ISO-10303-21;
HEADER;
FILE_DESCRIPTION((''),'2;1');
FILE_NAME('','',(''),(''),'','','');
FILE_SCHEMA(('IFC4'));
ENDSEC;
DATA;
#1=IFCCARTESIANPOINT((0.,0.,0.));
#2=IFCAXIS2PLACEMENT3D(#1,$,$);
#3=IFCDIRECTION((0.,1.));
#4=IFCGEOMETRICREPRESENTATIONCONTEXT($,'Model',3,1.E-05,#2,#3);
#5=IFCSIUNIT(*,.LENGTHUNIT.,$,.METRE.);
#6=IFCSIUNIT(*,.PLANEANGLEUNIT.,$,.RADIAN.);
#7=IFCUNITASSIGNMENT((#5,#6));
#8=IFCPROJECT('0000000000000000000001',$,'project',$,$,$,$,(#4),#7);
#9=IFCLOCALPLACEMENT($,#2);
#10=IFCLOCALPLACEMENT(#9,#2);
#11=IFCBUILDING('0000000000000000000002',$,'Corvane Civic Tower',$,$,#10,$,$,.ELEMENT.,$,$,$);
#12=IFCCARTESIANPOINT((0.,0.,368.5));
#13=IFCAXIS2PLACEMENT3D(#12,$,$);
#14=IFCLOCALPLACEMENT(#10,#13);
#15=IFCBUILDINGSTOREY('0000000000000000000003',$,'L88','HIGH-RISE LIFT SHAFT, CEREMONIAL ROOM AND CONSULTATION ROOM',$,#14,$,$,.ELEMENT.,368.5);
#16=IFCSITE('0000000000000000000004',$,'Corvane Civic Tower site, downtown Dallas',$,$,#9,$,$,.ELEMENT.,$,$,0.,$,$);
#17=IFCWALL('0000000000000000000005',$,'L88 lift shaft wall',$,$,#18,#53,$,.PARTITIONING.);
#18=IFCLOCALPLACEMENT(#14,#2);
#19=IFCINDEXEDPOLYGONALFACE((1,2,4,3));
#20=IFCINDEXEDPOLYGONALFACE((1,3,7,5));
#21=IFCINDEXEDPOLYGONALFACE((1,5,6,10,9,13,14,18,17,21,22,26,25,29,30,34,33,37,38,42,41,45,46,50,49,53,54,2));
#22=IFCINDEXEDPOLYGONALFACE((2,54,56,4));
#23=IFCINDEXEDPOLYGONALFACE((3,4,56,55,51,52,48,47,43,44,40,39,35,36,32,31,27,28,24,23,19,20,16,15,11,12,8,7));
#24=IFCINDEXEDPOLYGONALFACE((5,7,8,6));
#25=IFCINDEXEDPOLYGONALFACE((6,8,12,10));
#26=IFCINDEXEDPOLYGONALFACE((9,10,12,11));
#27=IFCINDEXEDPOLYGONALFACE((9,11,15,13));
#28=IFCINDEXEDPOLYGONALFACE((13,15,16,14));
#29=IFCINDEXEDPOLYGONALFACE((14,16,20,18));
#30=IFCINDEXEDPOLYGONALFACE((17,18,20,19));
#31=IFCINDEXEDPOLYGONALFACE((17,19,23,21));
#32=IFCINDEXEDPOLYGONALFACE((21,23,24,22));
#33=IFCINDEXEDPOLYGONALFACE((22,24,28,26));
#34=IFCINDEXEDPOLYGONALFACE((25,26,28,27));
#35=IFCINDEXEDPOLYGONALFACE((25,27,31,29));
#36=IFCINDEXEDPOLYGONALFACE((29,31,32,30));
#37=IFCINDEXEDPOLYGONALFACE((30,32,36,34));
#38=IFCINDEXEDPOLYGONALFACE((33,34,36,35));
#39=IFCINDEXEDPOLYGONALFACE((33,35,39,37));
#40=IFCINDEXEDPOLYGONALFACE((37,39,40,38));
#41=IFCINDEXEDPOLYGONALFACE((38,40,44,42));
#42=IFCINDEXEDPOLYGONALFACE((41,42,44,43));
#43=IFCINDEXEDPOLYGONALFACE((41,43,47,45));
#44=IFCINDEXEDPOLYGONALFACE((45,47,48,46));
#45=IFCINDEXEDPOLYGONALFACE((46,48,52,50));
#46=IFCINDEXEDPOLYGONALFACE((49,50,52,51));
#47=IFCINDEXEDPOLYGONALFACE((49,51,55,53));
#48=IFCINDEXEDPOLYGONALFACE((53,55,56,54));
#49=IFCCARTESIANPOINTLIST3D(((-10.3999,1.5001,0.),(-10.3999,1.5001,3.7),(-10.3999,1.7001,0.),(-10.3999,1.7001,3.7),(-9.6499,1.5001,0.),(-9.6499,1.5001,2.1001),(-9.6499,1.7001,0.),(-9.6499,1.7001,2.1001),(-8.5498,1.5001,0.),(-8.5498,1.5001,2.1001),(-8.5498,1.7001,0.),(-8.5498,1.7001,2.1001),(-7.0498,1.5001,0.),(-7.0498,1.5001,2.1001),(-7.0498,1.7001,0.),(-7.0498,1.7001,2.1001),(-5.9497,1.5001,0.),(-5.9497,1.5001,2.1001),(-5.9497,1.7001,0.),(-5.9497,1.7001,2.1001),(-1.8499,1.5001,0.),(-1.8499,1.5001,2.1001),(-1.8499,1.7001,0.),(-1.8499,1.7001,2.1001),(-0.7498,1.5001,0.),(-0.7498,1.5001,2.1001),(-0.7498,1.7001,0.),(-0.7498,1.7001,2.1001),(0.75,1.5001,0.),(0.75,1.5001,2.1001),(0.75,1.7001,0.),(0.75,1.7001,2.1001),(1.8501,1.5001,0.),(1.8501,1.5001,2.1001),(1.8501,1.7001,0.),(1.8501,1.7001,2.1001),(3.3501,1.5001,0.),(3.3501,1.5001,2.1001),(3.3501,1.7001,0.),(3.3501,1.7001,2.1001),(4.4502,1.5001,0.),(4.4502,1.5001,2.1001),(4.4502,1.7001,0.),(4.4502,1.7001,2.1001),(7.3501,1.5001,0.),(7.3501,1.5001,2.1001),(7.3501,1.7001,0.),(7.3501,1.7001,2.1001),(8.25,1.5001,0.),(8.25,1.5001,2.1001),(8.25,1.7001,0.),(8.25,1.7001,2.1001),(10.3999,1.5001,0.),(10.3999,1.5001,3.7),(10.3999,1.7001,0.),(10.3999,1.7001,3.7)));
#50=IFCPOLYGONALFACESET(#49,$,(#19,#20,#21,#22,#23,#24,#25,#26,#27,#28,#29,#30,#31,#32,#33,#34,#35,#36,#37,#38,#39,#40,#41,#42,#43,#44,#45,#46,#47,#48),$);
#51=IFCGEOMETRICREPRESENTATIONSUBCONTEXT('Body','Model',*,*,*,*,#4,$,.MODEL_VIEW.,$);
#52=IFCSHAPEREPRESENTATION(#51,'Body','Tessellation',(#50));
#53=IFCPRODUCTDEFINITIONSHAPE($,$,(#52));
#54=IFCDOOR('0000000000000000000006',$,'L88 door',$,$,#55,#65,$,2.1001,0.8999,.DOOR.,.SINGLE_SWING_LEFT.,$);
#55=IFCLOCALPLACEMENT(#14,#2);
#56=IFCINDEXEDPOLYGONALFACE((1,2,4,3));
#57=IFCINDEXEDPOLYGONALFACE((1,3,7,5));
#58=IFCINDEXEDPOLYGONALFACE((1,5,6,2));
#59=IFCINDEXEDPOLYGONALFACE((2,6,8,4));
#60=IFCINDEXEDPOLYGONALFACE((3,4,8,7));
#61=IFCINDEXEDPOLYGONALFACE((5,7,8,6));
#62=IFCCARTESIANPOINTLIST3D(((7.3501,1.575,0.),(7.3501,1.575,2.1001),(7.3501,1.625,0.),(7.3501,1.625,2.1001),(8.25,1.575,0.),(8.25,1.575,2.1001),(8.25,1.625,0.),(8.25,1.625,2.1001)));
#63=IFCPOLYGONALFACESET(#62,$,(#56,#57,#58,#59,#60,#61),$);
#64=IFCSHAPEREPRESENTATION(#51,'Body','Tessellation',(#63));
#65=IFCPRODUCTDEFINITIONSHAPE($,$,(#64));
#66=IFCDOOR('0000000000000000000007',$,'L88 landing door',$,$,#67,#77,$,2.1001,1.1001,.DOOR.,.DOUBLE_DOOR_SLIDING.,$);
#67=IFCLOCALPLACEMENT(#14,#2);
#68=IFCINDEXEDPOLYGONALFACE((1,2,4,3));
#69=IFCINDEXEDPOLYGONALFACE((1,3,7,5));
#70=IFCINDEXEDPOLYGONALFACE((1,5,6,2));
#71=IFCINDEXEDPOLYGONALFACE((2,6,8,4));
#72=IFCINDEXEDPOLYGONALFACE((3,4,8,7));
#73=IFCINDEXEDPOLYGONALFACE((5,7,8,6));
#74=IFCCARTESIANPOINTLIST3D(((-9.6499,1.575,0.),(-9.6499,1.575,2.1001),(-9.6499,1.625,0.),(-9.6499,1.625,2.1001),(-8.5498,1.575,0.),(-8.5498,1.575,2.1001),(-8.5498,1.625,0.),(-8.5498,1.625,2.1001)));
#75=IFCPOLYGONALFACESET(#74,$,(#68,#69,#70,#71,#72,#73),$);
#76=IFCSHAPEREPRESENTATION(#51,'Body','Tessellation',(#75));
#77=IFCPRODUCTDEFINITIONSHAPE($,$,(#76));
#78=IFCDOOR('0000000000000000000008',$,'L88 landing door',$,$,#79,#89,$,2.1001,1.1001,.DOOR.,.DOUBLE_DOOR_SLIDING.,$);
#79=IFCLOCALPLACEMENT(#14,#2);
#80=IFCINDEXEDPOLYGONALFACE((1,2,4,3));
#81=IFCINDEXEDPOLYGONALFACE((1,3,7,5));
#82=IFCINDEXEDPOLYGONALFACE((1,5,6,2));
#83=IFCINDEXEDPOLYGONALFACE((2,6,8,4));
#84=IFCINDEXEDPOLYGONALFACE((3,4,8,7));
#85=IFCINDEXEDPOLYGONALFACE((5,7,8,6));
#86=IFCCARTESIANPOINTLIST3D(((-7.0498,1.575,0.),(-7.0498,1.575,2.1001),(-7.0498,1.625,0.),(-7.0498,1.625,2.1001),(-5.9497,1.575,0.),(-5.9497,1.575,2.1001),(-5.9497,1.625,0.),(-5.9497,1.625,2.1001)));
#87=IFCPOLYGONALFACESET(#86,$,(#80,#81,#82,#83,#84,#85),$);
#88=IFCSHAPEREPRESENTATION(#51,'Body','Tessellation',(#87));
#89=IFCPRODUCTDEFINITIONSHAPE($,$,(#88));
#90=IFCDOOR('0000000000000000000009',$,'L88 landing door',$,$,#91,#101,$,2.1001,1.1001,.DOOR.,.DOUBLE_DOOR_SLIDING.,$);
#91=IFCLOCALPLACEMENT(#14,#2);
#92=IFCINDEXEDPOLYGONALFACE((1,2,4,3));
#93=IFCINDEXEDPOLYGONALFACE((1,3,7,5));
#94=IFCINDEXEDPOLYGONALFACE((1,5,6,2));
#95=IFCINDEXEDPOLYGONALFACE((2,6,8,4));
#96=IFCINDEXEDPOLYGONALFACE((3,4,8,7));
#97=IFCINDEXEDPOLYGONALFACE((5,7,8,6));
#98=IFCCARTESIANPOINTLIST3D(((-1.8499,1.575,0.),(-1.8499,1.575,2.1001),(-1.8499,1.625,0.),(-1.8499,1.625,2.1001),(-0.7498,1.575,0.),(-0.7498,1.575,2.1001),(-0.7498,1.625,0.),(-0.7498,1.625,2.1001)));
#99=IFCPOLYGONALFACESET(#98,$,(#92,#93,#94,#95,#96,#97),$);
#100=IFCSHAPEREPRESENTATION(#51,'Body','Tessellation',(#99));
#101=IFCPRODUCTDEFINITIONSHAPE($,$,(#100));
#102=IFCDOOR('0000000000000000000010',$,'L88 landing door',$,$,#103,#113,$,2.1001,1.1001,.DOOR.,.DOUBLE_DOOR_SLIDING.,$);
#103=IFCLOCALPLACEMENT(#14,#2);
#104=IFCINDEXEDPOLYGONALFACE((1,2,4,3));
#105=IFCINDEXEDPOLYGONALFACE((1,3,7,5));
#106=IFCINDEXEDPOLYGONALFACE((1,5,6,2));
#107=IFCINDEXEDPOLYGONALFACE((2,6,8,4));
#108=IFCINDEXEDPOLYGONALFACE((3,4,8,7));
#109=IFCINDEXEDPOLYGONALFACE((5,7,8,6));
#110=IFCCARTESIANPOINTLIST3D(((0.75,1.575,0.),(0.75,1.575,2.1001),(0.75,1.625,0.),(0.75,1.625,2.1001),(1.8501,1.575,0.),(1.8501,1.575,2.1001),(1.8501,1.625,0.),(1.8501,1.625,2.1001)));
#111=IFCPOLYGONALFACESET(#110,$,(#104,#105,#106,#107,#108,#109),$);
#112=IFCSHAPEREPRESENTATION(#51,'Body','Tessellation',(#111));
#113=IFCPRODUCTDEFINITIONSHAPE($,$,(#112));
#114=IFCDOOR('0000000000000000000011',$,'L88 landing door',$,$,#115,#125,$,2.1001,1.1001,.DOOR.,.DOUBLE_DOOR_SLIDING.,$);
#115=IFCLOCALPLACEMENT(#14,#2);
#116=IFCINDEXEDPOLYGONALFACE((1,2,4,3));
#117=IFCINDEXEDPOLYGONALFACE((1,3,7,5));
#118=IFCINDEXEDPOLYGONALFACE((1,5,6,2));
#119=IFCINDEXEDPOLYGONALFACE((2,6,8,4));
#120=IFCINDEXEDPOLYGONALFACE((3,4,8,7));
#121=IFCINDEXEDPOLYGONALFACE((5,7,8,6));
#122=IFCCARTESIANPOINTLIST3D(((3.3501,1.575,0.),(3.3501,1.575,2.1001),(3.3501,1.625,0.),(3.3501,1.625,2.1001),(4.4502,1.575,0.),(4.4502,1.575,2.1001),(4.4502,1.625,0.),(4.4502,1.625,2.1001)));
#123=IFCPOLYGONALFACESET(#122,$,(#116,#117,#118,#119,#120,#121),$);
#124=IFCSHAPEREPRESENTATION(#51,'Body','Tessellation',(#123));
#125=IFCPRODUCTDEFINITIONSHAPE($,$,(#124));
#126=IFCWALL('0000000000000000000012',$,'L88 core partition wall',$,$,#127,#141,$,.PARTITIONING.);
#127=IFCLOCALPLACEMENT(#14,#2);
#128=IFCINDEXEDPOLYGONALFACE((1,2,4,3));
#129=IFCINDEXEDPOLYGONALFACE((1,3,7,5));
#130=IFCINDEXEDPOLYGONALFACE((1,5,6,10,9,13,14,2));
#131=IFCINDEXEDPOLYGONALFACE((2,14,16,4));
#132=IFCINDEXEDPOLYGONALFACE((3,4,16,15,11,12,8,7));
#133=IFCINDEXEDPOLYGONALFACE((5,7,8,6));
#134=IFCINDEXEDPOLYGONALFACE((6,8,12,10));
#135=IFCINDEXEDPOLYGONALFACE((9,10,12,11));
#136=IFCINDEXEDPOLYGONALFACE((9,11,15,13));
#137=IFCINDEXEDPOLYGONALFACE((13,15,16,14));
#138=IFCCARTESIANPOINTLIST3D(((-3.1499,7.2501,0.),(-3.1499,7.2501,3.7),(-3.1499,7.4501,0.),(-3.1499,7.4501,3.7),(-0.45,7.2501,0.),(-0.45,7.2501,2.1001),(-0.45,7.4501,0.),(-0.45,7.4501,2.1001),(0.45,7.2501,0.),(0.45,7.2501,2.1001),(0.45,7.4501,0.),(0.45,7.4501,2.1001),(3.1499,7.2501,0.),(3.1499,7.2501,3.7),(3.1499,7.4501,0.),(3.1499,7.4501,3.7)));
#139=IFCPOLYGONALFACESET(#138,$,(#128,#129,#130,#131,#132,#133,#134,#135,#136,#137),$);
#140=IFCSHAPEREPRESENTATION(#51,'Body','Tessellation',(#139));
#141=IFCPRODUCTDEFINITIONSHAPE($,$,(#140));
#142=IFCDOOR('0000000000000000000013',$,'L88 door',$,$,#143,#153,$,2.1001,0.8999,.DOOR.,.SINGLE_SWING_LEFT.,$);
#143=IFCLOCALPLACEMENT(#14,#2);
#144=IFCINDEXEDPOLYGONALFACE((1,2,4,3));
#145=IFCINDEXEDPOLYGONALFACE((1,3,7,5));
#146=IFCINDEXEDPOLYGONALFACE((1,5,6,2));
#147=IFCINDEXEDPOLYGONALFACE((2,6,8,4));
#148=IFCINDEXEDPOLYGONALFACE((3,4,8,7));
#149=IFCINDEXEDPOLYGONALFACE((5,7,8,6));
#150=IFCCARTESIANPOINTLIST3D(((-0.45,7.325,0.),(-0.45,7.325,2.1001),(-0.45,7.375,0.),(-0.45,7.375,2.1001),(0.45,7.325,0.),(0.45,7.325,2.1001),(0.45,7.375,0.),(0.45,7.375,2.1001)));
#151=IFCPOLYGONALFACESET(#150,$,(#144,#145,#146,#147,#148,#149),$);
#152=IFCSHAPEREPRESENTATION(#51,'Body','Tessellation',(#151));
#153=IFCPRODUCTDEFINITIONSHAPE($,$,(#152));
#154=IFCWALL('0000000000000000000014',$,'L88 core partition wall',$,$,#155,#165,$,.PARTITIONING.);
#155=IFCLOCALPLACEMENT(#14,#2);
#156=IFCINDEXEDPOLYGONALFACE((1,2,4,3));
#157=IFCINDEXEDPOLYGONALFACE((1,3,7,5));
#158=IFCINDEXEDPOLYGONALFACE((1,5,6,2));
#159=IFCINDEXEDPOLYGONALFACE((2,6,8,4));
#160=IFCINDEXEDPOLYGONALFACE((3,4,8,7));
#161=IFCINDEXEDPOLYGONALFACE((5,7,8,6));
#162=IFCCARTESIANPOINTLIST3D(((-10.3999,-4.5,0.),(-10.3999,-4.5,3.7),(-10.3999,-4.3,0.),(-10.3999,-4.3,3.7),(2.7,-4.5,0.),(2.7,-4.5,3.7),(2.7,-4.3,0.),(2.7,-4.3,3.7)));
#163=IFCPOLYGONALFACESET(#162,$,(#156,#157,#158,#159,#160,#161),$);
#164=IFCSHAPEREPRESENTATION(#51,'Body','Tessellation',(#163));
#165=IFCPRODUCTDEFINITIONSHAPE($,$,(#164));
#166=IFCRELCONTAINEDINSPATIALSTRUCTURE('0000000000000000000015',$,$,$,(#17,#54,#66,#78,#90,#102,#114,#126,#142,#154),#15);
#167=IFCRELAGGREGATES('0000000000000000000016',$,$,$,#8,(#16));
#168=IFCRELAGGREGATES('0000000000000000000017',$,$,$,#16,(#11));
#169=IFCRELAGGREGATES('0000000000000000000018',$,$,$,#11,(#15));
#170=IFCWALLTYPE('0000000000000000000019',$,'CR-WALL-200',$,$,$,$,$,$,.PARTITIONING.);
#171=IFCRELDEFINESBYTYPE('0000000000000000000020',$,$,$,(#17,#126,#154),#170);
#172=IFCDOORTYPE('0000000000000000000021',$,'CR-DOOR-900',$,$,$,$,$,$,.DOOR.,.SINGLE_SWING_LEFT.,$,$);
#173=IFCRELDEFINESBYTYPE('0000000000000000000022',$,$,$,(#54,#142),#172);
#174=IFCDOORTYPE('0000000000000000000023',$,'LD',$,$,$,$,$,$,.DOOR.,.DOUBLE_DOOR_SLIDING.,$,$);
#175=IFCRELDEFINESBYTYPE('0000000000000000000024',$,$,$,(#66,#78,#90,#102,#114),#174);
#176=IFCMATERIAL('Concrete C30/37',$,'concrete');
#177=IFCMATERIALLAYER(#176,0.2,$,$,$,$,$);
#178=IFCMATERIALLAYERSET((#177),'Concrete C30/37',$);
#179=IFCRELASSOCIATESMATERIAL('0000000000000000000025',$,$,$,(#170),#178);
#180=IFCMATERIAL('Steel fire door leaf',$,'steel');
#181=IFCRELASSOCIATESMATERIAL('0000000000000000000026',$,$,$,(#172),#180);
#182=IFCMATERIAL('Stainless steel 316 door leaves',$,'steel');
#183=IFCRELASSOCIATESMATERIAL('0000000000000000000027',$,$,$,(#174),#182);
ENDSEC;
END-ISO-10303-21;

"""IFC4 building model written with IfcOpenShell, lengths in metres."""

from ifc_helpers import new_model, si_unit, direction, frame, frame_2d, origin, place, context, subcontext, project, spatial, polyline, rectangle, outline, extrude, material, layer, layer_set, type_object, element, fill, save


model = new_model("IFC4")

# Units and contexts
model_context = context("Model", 3, precision=1e-05, world=origin(), true_north=direction((0.0, 1.0)))
body_context = subcontext(model_context, "Body", "Model", "MODEL_VIEW")
ifc_project = project(units=[si_unit("LENGTHUNIT", "METRE"), si_unit("PLANEANGLEUNIT", "RADIAN")], contexts=[model_context])

# Site, building, storey
site_placement = place(None, origin())
site = spatial("IfcSite", under=ifc_project, at=site_placement, Name="Corvane Civic Tower site, downtown Dallas", CompositionType="ELEMENT", RefElevation=0.0)
building_placement = place(site_placement, origin())
building = spatial("IfcBuilding", under=site, at=building_placement, Name="Corvane Civic Tower", CompositionType="ELEMENT")
storey_placement = place(building_placement, frame((0.0, 0.0, 368.5)))
storey = spatial("IfcBuildingStorey", under=building, at=storey_placement, Name="L88", Description="HIGH-RISE LIFT SHAFT, CEREMONIAL ROOM AND CONSULTATION ROOM", CompositionType="ELEMENT", Elevation=368.5)

# Wall, openings, doors
ifc_material_1 = material(Name="Concrete C30/37", Category="concrete")
ifc_layer_1 = layer(ifc_material_1, 0.2)
ifc_layer_set_1 = layer_set([ifc_layer_1], Name="Concrete C30/37")
wall_type_1 = type_object("IfcWallType", Name="CR-WALL-200", PredefinedType="PARTITIONING", material=ifc_layer_set_1)
wall_1_placement = place(storey_placement, frame((-10.3999, 1.6001, 0.0), z_axis=(0.0, 0.0, 1.0), x_axis=(1.0, 0.0, 0.0)))
wall_1 = element("IfcWall", 1, at=wall_1_placement, inside=storey, type_object=wall_type_1, Name="L88 lift shaft wall", PredefinedType="PARTITIONING", context=body_context, shape_type="SweptSolid", body=[
    extrude(rectangle(XDim=20.7998, YDim=0.2, at=frame_2d((10.3999, 0.0))), origin(), (0.0, 0.0, 1.0), 3.7),
])
opening_1_placement = place(wall_1_placement, frame((0.75, 0.0, 0.0)))
opening_1 = element("IfcOpeningElement", 2, at=opening_1_placement, cuts=wall_1, PredefinedType="OPENING", context=body_context, shape_type="SweptSolid", body=[
    extrude(rectangle(XDim=1.1001, YDim=2.1001, at=frame_2d((0.55, 1.05))), frame((0.0, 0.1099, 0.0), z_axis=(0.0, -1.0, 0.0), x_axis=(1.0, 0.0, 0.0)), (0.0, 0.0, 1.0), 0.22),
])
opening_2_placement = place(wall_1_placement, frame((3.3501, 0.0, 0.0)))
opening_2 = element("IfcOpeningElement", 3, at=opening_2_placement, cuts=wall_1, PredefinedType="OPENING", context=body_context, shape_type="SweptSolid", body=[
    extrude(rectangle(XDim=1.1001, YDim=2.1001, at=frame_2d((0.55, 1.05))), frame((0.0, 0.1099, 0.0), z_axis=(0.0, -1.0, 0.0), x_axis=(1.0, 0.0, 0.0)), (0.0, 0.0, 1.0), 0.22),
])
opening_3_placement = place(wall_1_placement, frame((8.55, 0.0, 0.0)))
opening_3 = element("IfcOpeningElement", 4, at=opening_3_placement, cuts=wall_1, PredefinedType="OPENING", context=body_context, shape_type="SweptSolid", body=[
    extrude(rectangle(XDim=1.1001, YDim=2.1001, at=frame_2d((0.55, 1.05))), frame((0.0, 0.1099, 0.0), z_axis=(0.0, -1.0, 0.0), x_axis=(1.0, 0.0, 0.0)), (0.0, 0.0, 1.0), 0.22),
])
opening_4_placement = place(wall_1_placement, frame((11.1499, 0.0, 0.0)))
opening_4 = element("IfcOpeningElement", 5, at=opening_4_placement, cuts=wall_1, PredefinedType="OPENING", context=body_context, shape_type="SweptSolid", body=[
    extrude(rectangle(XDim=1.1001, YDim=2.1001, at=frame_2d((0.55, 1.05))), frame((0.0, 0.1099, 0.0), z_axis=(0.0, -1.0, 0.0), x_axis=(1.0, 0.0, 0.0)), (0.0, 0.0, 1.0), 0.22),
])
opening_5_placement = place(wall_1_placement, frame((13.75, 0.0, 0.0)))
opening_5 = element("IfcOpeningElement", 6, at=opening_5_placement, cuts=wall_1, PredefinedType="OPENING", context=body_context, shape_type="SweptSolid", body=[
    extrude(rectangle(XDim=1.1001, YDim=2.1001, at=frame_2d((0.55, 1.05))), frame((0.0, 0.1099, 0.0), z_axis=(0.0, -1.0, 0.0), x_axis=(1.0, 0.0, 0.0)), (0.0, 0.0, 1.0), 0.22),
])
opening_6_placement = place(wall_1_placement, frame((17.75, 0.0, 0.0)))
opening_6 = element("IfcOpeningElement", 7, at=opening_6_placement, cuts=wall_1, PredefinedType="OPENING", context=body_context, shape_type="SweptSolid", body=[
    extrude(rectangle(XDim=0.8999, YDim=2.1001, at=frame_2d((0.45, 1.05))), frame((0.0, 0.1099, 0.0), z_axis=(0.0, -1.0, 0.0), x_axis=(1.0, 0.0, 0.0)), (0.0, 0.0, 1.0), 0.22),
])
ifc_material_2 = material(Name="Steel fire door leaf", Category="steel")
door_type_1 = type_object("IfcDoorType", Name="CR-DOOR-900", OperationType="SINGLE_SWING_LEFT", PredefinedType="DOOR", material=ifc_material_2)
door_1_placement = place(opening_6_placement, origin())
door_1 = element("IfcDoor", 8, at=door_1_placement, inside=storey, type_object=door_type_1, Name="L88 door", OperationType="SINGLE_SWING_LEFT", OverallHeight=2.1001, OverallWidth=0.8999, PredefinedType="DOOR", context=body_context, shape_type="SweptSolid", body=[
    extrude(rectangle(XDim=0.8999, YDim=2.1001, at=frame_2d((0.45, 1.05))), frame((0.0, 0.0249, 0.0), z_axis=(0.0, -1.0, 0.0), x_axis=(1.0, 0.0, 0.0)), (0.0, 0.0, 1.0), 0.05),
])
fill(opening_6, door_1)
ifc_material_3 = material(Name="Stainless steel 316 door leaves", Category="steel")
door_type_2 = type_object("IfcDoorType", Name="LD", OperationType="DOUBLE_DOOR_SLIDING", PredefinedType="DOOR", material=ifc_material_3)
door_2_placement = place(opening_1_placement, origin())
door_2 = element("IfcDoor", 9, at=door_2_placement, inside=storey, type_object=door_type_2, Name="L88 landing door", OperationType="DOUBLE_DOOR_SLIDING", OverallHeight=2.1001, OverallWidth=1.1001, PredefinedType="DOOR", context=body_context, shape_type="SweptSolid", body=[
    extrude(rectangle(XDim=1.1001, YDim=2.1001, at=frame_2d((0.55, 1.05))), frame((0.0, 0.0249, 0.0), z_axis=(0.0, -1.0, 0.0), x_axis=(1.0, 0.0, 0.0)), (0.0, 0.0, 1.0), 0.05),
])
fill(opening_1, door_2)
door_3_placement = place(opening_2_placement, origin())
door_3 = element("IfcDoor", 10, at=door_3_placement, inside=storey, type_object=door_type_2, Name="L88 landing door", OperationType="DOUBLE_DOOR_SLIDING", OverallHeight=2.1001, OverallWidth=1.1001, PredefinedType="DOOR", context=body_context, shape_type="SweptSolid", body=[
    extrude(rectangle(XDim=1.1001, YDim=2.1001, at=frame_2d((0.55, 1.05))), frame((0.0, 0.0249, 0.0), z_axis=(0.0, -1.0, 0.0), x_axis=(1.0, 0.0, 0.0)), (0.0, 0.0, 1.0), 0.05),
])
fill(opening_2, door_3)
door_4_placement = place(opening_3_placement, origin())
door_4 = element("IfcDoor", 11, at=door_4_placement, inside=storey, type_object=door_type_2, Name="L88 landing door", OperationType="DOUBLE_DOOR_SLIDING", OverallHeight=2.1001, OverallWidth=1.1001, PredefinedType="DOOR", context=body_context, shape_type="SweptSolid", body=[
    extrude(rectangle(XDim=1.1001, YDim=2.1001, at=frame_2d((0.55, 1.05))), frame((0.0, 0.0249, 0.0), z_axis=(0.0, -1.0, 0.0), x_axis=(1.0, 0.0, 0.0)), (0.0, 0.0, 1.0), 0.05),
])
fill(opening_3, door_4)
door_5_placement = place(opening_4_placement, origin())
door_5 = element("IfcDoor", 12, at=door_5_placement, inside=storey, type_object=door_type_2, Name="L88 landing door", OperationType="DOUBLE_DOOR_SLIDING", OverallHeight=2.1001, OverallWidth=1.1001, PredefinedType="DOOR", context=body_context, shape_type="SweptSolid", body=[
    extrude(rectangle(XDim=1.1001, YDim=2.1001, at=frame_2d((0.55, 1.05))), frame((0.0, 0.0249, 0.0), z_axis=(0.0, -1.0, 0.0), x_axis=(1.0, 0.0, 0.0)), (0.0, 0.0, 1.0), 0.05),
])
fill(opening_4, door_5)
door_6_placement = place(opening_5_placement, origin())
door_6 = element("IfcDoor", 13, at=door_6_placement, inside=storey, type_object=door_type_2, Name="L88 landing door", OperationType="DOUBLE_DOOR_SLIDING", OverallHeight=2.1001, OverallWidth=1.1001, PredefinedType="DOOR", context=body_context, shape_type="SweptSolid", body=[
    extrude(rectangle(XDim=1.1001, YDim=2.1001, at=frame_2d((0.55, 1.05))), frame((0.0, 0.0249, 0.0), z_axis=(0.0, -1.0, 0.0), x_axis=(1.0, 0.0, 0.0)), (0.0, 0.0, 1.0), 0.05),
])
fill(opening_5, door_6)

# Wall, opening, door
wall_2_placement = place(storey_placement, frame((-3.1499, 7.3501, 0.0), z_axis=(0.0, 0.0, 1.0), x_axis=(1.0, 0.0, 0.0)))
wall_2 = element("IfcWall", 14, at=wall_2_placement, inside=storey, type_object=wall_type_1, Name="L88 core partition wall", PredefinedType="PARTITIONING", context=body_context, shape_type="SweptSolid", body=[
    extrude(rectangle(XDim=6.2998, YDim=0.2, at=frame_2d((3.1499, 0.0))), origin(), (0.0, 0.0, 1.0), 3.7),
])
opening_7_placement = place(wall_2_placement, frame((2.7, 0.0, 0.0)))
opening_7 = element("IfcOpeningElement", 15, at=opening_7_placement, cuts=wall_2, PredefinedType="OPENING", context=body_context, shape_type="SweptSolid", body=[
    extrude(rectangle(XDim=0.8999, YDim=2.1001, at=frame_2d((0.45, 1.05))), frame((0.0, 0.1099, 0.0), z_axis=(0.0, -1.0, 0.0), x_axis=(1.0, 0.0, 0.0)), (0.0, 0.0, 1.0), 0.22),
])
door_7_placement = place(opening_7_placement, origin())
door_7 = element("IfcDoor", 16, at=door_7_placement, inside=storey, type_object=door_type_1, Name="L88 door", OperationType="SINGLE_SWING_LEFT", OverallHeight=2.1001, OverallWidth=0.8999, PredefinedType="DOOR", context=body_context, shape_type="SweptSolid", body=[
    extrude(rectangle(XDim=0.8999, YDim=2.1001, at=frame_2d((0.45, 1.05))), frame((0.0, 0.0249, 0.0), z_axis=(0.0, -1.0, 0.0), x_axis=(1.0, 0.0, 0.0)), (0.0, 0.0, 1.0), 0.05),
])
fill(opening_7, door_7)

# Wall
wall_3_placement = place(storey_placement, origin())
element("IfcWall", 17, at=wall_3_placement, inside=storey, type_object=wall_type_1, Name="L88 core partition wall", PredefinedType="PARTITIONING", context=body_context, shape_type="SweptSolid", body=[
    extrude(outline(polyline([(2.7, -4.3), (2.7, -4.5), (-10.3999, -4.5), (-10.3999, -4.3), (2.7, -4.3)])), origin(), (0.0, 0.0, 1.0), 3.7),
])

save(model, "model.ifc")
